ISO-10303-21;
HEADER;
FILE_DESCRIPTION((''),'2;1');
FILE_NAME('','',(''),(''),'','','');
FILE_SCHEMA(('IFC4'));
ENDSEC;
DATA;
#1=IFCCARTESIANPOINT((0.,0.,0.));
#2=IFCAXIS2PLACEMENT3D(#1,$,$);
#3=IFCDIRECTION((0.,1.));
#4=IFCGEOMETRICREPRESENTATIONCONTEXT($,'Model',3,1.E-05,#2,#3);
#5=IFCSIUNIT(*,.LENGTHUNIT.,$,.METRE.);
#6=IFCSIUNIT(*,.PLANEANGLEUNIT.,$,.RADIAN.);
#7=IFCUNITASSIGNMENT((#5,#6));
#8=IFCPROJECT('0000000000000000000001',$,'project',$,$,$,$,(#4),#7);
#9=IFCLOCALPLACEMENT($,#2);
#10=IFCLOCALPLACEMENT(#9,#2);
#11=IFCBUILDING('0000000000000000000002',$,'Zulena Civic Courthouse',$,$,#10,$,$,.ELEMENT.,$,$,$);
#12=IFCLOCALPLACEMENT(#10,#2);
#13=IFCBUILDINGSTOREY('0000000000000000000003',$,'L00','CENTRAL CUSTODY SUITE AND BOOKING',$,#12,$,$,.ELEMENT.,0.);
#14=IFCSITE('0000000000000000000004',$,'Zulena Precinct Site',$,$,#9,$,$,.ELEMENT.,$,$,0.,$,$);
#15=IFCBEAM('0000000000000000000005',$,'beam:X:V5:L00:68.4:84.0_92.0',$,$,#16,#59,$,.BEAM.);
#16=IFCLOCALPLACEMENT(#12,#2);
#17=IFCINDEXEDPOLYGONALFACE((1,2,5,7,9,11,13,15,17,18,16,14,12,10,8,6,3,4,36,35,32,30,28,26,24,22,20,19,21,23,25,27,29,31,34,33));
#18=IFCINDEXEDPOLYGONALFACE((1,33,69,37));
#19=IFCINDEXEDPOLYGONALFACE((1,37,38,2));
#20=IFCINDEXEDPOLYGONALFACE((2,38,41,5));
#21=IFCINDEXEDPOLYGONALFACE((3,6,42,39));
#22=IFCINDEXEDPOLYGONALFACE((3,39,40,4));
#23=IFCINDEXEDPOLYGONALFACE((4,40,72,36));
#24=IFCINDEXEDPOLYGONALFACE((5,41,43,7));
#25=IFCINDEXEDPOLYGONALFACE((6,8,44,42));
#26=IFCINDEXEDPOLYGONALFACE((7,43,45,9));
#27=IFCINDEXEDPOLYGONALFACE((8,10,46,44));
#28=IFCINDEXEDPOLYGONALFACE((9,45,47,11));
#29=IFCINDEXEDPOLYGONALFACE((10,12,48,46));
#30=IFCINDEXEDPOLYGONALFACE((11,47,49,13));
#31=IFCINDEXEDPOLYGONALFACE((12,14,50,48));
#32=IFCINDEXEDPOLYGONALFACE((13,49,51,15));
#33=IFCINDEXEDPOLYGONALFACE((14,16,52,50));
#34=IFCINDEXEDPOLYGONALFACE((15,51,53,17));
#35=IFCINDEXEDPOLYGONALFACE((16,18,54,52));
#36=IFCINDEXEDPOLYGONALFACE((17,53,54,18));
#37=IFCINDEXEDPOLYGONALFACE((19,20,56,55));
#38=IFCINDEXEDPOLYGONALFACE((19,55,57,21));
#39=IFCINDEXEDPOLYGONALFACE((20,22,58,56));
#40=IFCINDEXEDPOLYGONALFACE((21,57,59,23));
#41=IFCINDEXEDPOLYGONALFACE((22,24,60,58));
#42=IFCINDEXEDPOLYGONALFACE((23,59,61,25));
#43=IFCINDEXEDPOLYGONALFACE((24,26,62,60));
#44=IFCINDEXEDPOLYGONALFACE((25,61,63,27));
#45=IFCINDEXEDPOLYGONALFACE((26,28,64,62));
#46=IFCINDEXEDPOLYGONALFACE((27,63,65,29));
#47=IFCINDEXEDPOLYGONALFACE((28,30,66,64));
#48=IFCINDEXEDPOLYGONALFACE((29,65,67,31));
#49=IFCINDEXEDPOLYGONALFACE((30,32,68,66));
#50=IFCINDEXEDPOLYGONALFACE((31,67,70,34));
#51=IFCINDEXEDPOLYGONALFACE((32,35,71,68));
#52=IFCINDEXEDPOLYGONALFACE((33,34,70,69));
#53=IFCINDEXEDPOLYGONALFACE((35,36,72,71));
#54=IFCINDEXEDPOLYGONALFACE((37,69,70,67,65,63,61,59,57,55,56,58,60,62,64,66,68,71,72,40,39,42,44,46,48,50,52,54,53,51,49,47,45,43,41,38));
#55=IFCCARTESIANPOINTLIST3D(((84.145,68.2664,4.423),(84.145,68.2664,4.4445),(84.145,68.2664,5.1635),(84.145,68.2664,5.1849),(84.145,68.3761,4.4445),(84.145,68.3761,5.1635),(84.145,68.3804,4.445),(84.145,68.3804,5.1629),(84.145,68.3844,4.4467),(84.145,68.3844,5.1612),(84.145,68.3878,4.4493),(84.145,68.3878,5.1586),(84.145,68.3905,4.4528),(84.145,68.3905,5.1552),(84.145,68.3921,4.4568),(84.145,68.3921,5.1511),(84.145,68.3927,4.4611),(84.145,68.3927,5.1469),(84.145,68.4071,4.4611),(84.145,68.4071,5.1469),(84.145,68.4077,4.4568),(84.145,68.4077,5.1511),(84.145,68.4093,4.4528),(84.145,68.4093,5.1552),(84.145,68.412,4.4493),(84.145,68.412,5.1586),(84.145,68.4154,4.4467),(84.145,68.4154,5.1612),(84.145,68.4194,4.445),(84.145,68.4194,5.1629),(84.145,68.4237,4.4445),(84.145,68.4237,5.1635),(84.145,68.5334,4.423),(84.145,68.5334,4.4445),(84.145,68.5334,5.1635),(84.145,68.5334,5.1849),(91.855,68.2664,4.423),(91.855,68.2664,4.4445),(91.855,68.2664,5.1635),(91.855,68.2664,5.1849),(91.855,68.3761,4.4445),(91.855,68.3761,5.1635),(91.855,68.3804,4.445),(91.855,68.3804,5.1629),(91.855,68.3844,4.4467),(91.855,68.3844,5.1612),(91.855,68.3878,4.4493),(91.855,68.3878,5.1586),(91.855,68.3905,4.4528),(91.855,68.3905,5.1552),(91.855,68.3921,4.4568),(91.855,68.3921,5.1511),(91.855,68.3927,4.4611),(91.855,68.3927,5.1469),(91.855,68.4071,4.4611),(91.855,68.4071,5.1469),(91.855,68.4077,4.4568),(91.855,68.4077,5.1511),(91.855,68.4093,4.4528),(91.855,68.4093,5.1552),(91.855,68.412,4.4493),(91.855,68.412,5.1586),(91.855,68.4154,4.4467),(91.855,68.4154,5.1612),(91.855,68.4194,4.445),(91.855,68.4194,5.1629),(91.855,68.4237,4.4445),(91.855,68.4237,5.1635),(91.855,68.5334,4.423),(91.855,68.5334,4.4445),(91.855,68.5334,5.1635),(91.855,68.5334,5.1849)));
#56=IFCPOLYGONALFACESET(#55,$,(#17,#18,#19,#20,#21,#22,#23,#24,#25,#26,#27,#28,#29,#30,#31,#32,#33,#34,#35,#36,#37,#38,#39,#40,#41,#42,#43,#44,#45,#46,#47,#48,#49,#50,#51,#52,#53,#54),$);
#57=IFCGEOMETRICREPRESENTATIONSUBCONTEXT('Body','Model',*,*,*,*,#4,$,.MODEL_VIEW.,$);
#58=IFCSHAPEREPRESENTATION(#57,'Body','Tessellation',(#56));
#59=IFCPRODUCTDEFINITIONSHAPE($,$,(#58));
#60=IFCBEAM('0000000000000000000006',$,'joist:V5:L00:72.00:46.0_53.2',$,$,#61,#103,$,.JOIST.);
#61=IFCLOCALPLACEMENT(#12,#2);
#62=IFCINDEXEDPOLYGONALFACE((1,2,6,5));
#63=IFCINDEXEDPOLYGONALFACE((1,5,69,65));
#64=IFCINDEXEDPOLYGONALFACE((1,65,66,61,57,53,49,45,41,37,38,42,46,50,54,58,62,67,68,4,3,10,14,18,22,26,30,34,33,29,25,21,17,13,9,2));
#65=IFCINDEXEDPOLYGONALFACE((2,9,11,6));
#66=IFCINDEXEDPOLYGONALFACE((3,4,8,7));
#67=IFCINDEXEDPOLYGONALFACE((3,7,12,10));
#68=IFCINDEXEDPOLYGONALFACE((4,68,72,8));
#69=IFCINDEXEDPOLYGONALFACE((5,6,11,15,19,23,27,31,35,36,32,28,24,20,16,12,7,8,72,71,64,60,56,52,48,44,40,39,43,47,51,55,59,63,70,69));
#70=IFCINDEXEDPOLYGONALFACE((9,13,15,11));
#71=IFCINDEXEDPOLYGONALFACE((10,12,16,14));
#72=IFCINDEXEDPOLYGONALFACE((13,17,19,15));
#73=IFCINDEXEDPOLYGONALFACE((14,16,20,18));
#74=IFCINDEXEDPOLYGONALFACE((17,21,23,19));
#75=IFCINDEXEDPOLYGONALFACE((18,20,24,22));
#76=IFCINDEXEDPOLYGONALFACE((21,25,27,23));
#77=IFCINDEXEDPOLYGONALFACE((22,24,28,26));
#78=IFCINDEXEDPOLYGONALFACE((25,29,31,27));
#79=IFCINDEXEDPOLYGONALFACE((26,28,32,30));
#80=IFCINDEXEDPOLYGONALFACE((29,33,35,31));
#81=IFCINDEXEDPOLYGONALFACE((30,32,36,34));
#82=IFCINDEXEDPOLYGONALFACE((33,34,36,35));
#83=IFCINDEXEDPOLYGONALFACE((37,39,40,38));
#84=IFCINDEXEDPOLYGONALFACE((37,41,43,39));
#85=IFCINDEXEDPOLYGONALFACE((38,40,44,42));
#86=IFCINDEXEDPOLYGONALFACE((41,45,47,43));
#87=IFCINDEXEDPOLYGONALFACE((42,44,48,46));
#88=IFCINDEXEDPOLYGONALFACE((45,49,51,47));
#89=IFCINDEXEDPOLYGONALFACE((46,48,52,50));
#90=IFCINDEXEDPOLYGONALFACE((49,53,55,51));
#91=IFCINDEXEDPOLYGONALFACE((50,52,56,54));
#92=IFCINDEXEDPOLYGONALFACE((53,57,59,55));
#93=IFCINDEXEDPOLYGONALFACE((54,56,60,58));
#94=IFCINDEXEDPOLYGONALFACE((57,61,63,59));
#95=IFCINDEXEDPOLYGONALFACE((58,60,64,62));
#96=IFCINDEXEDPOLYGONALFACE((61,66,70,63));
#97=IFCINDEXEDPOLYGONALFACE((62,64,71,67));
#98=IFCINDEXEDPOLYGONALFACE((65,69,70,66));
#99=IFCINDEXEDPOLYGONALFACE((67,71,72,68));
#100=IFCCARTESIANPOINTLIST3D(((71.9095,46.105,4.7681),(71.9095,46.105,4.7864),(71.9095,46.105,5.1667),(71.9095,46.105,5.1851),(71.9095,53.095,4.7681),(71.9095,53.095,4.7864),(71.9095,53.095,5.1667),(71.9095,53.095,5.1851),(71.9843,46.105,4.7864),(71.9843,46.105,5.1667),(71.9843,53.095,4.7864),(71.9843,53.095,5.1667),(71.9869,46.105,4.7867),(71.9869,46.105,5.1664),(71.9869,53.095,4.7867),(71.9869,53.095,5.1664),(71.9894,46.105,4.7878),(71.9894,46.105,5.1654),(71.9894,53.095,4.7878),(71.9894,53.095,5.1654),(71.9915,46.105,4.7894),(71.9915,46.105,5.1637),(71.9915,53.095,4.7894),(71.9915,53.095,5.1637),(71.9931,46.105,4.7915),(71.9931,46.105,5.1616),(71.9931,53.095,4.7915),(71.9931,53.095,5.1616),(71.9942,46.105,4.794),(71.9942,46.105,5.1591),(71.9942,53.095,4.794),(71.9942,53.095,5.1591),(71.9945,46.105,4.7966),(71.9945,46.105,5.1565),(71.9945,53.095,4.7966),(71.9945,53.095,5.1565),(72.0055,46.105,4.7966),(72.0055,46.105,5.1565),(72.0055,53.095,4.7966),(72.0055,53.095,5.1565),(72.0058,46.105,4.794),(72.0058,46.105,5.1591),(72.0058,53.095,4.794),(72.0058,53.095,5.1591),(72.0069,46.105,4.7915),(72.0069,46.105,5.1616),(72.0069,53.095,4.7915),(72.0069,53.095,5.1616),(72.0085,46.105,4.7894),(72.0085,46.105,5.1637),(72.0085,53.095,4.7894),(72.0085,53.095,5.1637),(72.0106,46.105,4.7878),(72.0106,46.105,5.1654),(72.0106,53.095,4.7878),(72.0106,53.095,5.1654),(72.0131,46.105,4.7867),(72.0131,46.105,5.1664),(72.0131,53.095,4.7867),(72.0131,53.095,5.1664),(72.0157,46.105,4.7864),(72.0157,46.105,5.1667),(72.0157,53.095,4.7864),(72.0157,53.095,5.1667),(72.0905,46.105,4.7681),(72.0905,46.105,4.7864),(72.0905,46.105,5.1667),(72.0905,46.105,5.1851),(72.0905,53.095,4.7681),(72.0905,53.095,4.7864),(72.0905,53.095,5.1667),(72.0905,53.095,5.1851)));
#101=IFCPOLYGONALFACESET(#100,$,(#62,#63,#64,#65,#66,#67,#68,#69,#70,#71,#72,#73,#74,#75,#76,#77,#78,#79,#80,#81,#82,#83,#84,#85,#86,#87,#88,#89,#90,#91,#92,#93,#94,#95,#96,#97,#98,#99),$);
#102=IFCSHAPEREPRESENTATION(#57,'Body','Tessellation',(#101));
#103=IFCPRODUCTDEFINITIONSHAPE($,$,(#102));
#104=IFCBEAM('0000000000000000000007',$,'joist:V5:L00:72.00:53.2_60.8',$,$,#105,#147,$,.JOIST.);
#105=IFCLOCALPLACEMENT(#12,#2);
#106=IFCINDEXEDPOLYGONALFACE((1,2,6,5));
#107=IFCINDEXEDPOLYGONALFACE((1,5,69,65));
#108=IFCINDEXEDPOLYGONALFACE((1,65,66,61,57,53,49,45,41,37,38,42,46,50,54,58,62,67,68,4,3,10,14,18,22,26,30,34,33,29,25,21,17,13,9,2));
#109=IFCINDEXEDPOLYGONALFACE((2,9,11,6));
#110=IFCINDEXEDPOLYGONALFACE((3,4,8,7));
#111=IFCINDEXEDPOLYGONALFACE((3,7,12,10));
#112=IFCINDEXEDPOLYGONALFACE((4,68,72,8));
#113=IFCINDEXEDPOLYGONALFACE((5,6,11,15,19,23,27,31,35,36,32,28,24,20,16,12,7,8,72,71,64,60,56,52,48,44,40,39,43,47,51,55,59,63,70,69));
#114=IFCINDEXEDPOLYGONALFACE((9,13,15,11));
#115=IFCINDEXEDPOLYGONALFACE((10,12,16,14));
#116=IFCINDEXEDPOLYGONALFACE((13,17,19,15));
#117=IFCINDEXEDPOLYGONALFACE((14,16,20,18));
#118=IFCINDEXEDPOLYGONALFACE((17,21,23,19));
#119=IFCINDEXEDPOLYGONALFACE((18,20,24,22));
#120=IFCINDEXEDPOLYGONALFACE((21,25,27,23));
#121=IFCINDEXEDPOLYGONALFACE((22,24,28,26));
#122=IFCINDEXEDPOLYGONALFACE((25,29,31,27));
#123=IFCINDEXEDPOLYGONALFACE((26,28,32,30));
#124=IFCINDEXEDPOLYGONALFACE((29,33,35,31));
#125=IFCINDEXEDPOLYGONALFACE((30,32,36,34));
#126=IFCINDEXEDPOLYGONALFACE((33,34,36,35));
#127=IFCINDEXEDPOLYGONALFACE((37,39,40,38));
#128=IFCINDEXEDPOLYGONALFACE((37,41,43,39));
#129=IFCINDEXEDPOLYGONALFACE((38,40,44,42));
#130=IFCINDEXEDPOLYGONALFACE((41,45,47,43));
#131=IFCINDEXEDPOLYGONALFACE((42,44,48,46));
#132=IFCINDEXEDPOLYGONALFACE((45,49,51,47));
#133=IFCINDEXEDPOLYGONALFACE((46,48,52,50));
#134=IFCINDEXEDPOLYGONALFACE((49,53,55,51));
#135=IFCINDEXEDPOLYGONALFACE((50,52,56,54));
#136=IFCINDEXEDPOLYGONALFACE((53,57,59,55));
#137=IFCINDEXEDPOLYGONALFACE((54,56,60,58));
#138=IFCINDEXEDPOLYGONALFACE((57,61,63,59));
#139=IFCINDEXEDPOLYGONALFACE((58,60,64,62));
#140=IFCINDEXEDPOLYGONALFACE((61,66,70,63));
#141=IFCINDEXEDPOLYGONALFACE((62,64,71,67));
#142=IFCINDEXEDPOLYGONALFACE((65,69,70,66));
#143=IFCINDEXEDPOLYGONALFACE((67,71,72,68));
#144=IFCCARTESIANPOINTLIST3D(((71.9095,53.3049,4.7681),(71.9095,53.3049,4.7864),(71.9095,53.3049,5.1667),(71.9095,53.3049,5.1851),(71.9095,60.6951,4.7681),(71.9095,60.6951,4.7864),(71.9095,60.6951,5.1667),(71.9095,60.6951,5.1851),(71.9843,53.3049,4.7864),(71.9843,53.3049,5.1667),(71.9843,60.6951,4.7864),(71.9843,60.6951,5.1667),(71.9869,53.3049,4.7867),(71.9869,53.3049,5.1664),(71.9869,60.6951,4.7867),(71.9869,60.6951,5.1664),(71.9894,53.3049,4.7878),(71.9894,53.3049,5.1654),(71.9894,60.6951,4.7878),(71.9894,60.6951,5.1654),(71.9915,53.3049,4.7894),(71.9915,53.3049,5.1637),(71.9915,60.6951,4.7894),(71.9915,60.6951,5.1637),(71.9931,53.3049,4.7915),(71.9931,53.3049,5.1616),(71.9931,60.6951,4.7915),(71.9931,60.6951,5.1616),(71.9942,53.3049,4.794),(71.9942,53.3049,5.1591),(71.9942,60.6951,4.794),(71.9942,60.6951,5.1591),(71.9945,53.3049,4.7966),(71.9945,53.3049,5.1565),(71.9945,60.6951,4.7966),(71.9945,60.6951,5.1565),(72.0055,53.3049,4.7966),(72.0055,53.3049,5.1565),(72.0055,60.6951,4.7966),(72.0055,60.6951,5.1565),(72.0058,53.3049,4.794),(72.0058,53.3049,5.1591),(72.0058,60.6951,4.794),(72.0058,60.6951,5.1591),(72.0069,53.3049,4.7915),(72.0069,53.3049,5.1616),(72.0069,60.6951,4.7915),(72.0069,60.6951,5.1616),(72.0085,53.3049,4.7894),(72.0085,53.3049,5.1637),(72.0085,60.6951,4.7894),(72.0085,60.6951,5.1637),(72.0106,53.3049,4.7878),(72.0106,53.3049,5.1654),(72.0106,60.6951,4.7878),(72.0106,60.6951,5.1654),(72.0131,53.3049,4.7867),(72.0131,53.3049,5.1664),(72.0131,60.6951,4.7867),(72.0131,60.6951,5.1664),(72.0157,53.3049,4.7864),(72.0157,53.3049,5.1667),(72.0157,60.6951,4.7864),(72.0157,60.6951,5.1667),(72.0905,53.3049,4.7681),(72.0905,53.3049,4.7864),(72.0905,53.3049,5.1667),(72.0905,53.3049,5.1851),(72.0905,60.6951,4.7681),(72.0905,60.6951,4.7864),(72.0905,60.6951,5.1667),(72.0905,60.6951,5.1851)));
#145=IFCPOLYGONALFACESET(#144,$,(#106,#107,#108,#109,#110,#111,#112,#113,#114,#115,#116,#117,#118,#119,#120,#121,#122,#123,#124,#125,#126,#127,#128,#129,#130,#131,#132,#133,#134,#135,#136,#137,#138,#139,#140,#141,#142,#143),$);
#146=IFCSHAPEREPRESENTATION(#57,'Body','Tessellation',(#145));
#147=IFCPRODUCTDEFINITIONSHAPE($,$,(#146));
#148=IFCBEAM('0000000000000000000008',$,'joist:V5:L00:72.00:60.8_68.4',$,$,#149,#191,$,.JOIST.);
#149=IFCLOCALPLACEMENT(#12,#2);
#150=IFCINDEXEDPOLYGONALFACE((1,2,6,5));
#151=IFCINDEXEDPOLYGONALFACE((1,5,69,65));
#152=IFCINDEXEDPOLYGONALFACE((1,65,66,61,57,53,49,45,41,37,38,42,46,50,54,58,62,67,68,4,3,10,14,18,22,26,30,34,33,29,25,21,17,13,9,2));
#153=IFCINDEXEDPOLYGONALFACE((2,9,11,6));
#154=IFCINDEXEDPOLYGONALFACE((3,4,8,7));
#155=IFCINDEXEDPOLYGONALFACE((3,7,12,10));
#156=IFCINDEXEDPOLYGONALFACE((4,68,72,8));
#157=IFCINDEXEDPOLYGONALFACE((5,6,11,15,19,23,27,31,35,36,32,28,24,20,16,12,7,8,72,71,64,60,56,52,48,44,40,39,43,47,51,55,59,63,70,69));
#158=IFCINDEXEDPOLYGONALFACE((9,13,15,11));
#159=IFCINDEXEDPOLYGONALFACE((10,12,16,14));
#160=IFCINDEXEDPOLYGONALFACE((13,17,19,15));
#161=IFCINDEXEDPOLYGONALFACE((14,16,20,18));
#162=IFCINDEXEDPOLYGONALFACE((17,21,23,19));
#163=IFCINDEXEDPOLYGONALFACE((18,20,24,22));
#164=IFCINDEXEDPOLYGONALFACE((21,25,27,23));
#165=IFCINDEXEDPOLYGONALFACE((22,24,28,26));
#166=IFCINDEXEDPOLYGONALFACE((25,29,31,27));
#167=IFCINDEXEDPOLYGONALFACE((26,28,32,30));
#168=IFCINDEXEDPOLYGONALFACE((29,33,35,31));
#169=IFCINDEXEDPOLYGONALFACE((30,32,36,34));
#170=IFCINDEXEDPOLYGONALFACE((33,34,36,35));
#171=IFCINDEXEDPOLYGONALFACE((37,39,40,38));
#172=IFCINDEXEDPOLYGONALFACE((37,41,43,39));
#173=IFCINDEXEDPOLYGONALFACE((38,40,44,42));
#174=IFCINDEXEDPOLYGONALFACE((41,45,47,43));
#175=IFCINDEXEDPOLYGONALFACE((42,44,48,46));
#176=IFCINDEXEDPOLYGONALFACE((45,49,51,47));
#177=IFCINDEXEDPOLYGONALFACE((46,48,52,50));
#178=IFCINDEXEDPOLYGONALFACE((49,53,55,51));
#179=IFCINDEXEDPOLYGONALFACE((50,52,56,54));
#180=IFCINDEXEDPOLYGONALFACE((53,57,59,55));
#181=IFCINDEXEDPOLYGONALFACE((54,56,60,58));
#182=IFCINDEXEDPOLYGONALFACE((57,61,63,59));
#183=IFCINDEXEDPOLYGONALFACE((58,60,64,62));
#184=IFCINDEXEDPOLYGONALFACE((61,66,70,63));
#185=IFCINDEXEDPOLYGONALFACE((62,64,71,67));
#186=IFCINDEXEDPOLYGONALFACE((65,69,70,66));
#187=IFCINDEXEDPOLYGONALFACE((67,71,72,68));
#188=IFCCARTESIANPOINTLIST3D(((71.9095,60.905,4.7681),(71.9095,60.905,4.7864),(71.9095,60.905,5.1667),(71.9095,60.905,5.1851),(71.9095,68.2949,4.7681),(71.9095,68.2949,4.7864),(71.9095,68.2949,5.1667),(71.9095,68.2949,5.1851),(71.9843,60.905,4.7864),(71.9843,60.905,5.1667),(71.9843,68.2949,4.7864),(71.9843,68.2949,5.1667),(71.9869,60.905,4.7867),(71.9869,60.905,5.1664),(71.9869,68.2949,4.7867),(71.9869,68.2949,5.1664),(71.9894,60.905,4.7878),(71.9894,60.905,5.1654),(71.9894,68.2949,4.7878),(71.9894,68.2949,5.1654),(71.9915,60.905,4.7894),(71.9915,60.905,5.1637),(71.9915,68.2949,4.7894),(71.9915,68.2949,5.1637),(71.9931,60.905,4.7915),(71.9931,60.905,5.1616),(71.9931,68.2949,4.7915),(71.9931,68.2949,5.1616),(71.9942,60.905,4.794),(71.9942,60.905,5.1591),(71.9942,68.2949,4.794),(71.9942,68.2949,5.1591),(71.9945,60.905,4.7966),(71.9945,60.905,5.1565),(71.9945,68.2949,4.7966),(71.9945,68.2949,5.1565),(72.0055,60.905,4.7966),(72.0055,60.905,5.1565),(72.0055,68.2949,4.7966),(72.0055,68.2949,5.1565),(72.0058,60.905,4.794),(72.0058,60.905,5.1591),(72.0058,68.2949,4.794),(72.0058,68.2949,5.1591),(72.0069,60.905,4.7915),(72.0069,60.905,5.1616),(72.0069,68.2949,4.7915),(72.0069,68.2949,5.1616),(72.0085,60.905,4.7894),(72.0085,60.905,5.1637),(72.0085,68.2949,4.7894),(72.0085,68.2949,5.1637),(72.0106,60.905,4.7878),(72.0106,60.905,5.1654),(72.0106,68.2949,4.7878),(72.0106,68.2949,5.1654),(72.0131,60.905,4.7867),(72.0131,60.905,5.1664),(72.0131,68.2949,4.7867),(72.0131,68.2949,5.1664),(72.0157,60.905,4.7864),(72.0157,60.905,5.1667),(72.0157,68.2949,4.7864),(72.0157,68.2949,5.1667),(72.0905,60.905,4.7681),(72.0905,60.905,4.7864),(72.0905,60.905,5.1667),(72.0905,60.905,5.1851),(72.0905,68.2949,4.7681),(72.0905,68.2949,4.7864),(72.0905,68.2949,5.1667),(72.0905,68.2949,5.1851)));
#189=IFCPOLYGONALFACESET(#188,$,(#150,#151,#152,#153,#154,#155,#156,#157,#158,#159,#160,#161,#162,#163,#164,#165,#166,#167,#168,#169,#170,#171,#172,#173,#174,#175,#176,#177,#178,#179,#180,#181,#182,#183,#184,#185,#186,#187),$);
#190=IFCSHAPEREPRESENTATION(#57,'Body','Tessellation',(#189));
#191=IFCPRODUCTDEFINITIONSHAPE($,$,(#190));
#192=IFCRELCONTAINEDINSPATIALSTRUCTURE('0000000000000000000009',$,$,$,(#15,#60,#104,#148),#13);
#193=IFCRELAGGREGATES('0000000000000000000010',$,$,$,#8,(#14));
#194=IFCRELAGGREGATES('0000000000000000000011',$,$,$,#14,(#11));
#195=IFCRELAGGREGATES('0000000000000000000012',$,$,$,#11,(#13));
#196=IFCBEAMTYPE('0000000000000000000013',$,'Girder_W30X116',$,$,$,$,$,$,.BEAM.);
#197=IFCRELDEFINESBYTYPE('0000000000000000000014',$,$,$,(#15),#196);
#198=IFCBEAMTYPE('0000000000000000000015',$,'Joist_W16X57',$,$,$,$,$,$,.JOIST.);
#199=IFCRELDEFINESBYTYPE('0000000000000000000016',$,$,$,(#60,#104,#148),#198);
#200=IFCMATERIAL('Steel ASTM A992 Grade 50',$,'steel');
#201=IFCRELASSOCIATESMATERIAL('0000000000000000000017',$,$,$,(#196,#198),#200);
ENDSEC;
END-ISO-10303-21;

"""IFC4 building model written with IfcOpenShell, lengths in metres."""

from ifc_helpers import new_model, si_unit, direction, frame, origin, origin_2d, place, context, subcontext, project, spatial, i_section, extrude, material, material_profile, profile_set, type_object, element, save


model = new_model("IFC4")

# Units and contexts
model_context = context("Model", 3, precision=1e-05, world=origin(), true_north=direction((0.0, 1.0)))
body_context = subcontext(model_context, "Body", "Model", "MODEL_VIEW")
ifc_project = project(units=[si_unit("LENGTHUNIT", "METRE"), si_unit("PLANEANGLEUNIT", "RADIAN")], contexts=[model_context])

# Site, building, storey
site_placement = place(None, origin())
site = spatial("IfcSite", under=ifc_project, at=site_placement, Name="Zulena Precinct Site", CompositionType="ELEMENT", RefElevation=0.0)
building_placement = place(site_placement, origin())
building = spatial("IfcBuilding", under=site, at=building_placement, Name="Zulena Civic Courthouse", CompositionType="ELEMENT")
storey_placement = place(building_placement, origin())
storey = spatial("IfcBuildingStorey", under=building, at=storey_placement, Name="L00", Description="CENTRAL CUSTODY SUITE AND BOOKING", CompositionType="ELEMENT", Elevation=0.0)

# Shared definitions
ifc_material_1 = material(Name="Steel ASTM A992 Grade 50", Category="steel")

# Beams
ifc_material_profile_1 = material_profile(ifc_material_1, i_section(OverallWidth=0.2671, OverallDepth=0.762, WebThickness=0.0144, FlangeThickness=0.0215, FilletRadius=0.0166, at=origin_2d()), Name="W30X116")
ifc_profile_set_1 = profile_set([ifc_material_profile_1], Name="Steel ASTM A992 Grade 50")
beam_type_1 = type_object("IfcBeamType", Name="Girder_W30X116", PredefinedType="BEAM", material=ifc_profile_set_1)
for number, where, z_axis, x_axis, name in (
    (1, (84.145, 68.3999, 4.804), (1.0, 0.0, 0.0), (0.0, 1.0, 0.0), "beam:X:V5:L00:68.4:84.0_92.0"),
):
    element("IfcBeam", number, at=place(storey_placement, frame(where, z_axis=z_axis, x_axis=x_axis)), inside=storey, type_object=beam_type_1, Name=name, PredefinedType="BEAM", context=body_context, shape_type="SweptSolid", body=[
        extrude(i_section(OverallWidth=0.2671, OverallDepth=0.762, WebThickness=0.0144, FlangeThickness=0.0215, FilletRadius=0.0166, at=origin_2d()), origin(), (0.0, 0.0, 1.0), 7.71),
    ])
ifc_material_profile_2 = material_profile(ifc_material_1, i_section(OverallWidth=0.1809, OverallDepth=0.417, WebThickness=0.011, FlangeThickness=0.0183, FilletRadius=0.0103, at=origin_2d()), Name="W16X57")
ifc_profile_set_2 = profile_set([ifc_material_profile_2], Name="Steel ASTM A992 Grade 50")
beam_type_2 = type_object("IfcBeamType", Name="Joist_W16X57", PredefinedType="JOIST", material=ifc_profile_set_2)
beam_1_placement = place(storey_placement, frame((72.0, 46.105, 4.9766), z_axis=(0.0, 1.0, 0.0), x_axis=(-1.0, 0.0, 0.0)))
element("IfcBeam", 2, at=beam_1_placement, inside=storey, type_object=beam_type_2, Name="joist:V5:L00:72.00:46.0_53.2", PredefinedType="JOIST", context=body_context, shape_type="SweptSolid", body=[
    extrude(i_section(OverallWidth=0.1809, OverallDepth=0.417, WebThickness=0.011, FlangeThickness=0.0183, FilletRadius=0.0103, at=origin_2d()), origin(), (0.0, 0.0, 1.0), 6.99),
])
beam_2_placement = place(storey_placement, frame((72.0, 53.3049, 4.9766), z_axis=(0.0, 1.0, 0.0), x_axis=(-1.0, 0.0, 0.0)))
element("IfcBeam", 3, at=beam_2_placement, inside=storey, type_object=beam_type_2, Name="joist:V5:L00:72.00:53.2_60.8", PredefinedType="JOIST", context=body_context, shape_type="SweptSolid", body=[
    extrude(i_section(OverallWidth=0.1809, OverallDepth=0.417, WebThickness=0.011, FlangeThickness=0.0183, FilletRadius=0.0103, at=origin_2d()), origin(), (0.0, 0.0, 1.0), 7.3901),
])
beam_3_placement = place(storey_placement, frame((72.0, 60.905, 4.9766), z_axis=(0.0, 1.0, 0.0), x_axis=(-1.0, 0.0, 0.0)))
element("IfcBeam", 4, at=beam_3_placement, inside=storey, type_object=beam_type_2, Name="joist:V5:L00:72.00:60.8_68.4", PredefinedType="JOIST", context=body_context, shape_type="SweptSolid", body=[
    extrude(i_section(OverallWidth=0.1809, OverallDepth=0.417, WebThickness=0.011, FlangeThickness=0.0183, FilletRadius=0.0103, at=origin_2d()), origin(), (0.0, 0.0, 1.0), 7.3899),
])

save(model, "model.ifc")
